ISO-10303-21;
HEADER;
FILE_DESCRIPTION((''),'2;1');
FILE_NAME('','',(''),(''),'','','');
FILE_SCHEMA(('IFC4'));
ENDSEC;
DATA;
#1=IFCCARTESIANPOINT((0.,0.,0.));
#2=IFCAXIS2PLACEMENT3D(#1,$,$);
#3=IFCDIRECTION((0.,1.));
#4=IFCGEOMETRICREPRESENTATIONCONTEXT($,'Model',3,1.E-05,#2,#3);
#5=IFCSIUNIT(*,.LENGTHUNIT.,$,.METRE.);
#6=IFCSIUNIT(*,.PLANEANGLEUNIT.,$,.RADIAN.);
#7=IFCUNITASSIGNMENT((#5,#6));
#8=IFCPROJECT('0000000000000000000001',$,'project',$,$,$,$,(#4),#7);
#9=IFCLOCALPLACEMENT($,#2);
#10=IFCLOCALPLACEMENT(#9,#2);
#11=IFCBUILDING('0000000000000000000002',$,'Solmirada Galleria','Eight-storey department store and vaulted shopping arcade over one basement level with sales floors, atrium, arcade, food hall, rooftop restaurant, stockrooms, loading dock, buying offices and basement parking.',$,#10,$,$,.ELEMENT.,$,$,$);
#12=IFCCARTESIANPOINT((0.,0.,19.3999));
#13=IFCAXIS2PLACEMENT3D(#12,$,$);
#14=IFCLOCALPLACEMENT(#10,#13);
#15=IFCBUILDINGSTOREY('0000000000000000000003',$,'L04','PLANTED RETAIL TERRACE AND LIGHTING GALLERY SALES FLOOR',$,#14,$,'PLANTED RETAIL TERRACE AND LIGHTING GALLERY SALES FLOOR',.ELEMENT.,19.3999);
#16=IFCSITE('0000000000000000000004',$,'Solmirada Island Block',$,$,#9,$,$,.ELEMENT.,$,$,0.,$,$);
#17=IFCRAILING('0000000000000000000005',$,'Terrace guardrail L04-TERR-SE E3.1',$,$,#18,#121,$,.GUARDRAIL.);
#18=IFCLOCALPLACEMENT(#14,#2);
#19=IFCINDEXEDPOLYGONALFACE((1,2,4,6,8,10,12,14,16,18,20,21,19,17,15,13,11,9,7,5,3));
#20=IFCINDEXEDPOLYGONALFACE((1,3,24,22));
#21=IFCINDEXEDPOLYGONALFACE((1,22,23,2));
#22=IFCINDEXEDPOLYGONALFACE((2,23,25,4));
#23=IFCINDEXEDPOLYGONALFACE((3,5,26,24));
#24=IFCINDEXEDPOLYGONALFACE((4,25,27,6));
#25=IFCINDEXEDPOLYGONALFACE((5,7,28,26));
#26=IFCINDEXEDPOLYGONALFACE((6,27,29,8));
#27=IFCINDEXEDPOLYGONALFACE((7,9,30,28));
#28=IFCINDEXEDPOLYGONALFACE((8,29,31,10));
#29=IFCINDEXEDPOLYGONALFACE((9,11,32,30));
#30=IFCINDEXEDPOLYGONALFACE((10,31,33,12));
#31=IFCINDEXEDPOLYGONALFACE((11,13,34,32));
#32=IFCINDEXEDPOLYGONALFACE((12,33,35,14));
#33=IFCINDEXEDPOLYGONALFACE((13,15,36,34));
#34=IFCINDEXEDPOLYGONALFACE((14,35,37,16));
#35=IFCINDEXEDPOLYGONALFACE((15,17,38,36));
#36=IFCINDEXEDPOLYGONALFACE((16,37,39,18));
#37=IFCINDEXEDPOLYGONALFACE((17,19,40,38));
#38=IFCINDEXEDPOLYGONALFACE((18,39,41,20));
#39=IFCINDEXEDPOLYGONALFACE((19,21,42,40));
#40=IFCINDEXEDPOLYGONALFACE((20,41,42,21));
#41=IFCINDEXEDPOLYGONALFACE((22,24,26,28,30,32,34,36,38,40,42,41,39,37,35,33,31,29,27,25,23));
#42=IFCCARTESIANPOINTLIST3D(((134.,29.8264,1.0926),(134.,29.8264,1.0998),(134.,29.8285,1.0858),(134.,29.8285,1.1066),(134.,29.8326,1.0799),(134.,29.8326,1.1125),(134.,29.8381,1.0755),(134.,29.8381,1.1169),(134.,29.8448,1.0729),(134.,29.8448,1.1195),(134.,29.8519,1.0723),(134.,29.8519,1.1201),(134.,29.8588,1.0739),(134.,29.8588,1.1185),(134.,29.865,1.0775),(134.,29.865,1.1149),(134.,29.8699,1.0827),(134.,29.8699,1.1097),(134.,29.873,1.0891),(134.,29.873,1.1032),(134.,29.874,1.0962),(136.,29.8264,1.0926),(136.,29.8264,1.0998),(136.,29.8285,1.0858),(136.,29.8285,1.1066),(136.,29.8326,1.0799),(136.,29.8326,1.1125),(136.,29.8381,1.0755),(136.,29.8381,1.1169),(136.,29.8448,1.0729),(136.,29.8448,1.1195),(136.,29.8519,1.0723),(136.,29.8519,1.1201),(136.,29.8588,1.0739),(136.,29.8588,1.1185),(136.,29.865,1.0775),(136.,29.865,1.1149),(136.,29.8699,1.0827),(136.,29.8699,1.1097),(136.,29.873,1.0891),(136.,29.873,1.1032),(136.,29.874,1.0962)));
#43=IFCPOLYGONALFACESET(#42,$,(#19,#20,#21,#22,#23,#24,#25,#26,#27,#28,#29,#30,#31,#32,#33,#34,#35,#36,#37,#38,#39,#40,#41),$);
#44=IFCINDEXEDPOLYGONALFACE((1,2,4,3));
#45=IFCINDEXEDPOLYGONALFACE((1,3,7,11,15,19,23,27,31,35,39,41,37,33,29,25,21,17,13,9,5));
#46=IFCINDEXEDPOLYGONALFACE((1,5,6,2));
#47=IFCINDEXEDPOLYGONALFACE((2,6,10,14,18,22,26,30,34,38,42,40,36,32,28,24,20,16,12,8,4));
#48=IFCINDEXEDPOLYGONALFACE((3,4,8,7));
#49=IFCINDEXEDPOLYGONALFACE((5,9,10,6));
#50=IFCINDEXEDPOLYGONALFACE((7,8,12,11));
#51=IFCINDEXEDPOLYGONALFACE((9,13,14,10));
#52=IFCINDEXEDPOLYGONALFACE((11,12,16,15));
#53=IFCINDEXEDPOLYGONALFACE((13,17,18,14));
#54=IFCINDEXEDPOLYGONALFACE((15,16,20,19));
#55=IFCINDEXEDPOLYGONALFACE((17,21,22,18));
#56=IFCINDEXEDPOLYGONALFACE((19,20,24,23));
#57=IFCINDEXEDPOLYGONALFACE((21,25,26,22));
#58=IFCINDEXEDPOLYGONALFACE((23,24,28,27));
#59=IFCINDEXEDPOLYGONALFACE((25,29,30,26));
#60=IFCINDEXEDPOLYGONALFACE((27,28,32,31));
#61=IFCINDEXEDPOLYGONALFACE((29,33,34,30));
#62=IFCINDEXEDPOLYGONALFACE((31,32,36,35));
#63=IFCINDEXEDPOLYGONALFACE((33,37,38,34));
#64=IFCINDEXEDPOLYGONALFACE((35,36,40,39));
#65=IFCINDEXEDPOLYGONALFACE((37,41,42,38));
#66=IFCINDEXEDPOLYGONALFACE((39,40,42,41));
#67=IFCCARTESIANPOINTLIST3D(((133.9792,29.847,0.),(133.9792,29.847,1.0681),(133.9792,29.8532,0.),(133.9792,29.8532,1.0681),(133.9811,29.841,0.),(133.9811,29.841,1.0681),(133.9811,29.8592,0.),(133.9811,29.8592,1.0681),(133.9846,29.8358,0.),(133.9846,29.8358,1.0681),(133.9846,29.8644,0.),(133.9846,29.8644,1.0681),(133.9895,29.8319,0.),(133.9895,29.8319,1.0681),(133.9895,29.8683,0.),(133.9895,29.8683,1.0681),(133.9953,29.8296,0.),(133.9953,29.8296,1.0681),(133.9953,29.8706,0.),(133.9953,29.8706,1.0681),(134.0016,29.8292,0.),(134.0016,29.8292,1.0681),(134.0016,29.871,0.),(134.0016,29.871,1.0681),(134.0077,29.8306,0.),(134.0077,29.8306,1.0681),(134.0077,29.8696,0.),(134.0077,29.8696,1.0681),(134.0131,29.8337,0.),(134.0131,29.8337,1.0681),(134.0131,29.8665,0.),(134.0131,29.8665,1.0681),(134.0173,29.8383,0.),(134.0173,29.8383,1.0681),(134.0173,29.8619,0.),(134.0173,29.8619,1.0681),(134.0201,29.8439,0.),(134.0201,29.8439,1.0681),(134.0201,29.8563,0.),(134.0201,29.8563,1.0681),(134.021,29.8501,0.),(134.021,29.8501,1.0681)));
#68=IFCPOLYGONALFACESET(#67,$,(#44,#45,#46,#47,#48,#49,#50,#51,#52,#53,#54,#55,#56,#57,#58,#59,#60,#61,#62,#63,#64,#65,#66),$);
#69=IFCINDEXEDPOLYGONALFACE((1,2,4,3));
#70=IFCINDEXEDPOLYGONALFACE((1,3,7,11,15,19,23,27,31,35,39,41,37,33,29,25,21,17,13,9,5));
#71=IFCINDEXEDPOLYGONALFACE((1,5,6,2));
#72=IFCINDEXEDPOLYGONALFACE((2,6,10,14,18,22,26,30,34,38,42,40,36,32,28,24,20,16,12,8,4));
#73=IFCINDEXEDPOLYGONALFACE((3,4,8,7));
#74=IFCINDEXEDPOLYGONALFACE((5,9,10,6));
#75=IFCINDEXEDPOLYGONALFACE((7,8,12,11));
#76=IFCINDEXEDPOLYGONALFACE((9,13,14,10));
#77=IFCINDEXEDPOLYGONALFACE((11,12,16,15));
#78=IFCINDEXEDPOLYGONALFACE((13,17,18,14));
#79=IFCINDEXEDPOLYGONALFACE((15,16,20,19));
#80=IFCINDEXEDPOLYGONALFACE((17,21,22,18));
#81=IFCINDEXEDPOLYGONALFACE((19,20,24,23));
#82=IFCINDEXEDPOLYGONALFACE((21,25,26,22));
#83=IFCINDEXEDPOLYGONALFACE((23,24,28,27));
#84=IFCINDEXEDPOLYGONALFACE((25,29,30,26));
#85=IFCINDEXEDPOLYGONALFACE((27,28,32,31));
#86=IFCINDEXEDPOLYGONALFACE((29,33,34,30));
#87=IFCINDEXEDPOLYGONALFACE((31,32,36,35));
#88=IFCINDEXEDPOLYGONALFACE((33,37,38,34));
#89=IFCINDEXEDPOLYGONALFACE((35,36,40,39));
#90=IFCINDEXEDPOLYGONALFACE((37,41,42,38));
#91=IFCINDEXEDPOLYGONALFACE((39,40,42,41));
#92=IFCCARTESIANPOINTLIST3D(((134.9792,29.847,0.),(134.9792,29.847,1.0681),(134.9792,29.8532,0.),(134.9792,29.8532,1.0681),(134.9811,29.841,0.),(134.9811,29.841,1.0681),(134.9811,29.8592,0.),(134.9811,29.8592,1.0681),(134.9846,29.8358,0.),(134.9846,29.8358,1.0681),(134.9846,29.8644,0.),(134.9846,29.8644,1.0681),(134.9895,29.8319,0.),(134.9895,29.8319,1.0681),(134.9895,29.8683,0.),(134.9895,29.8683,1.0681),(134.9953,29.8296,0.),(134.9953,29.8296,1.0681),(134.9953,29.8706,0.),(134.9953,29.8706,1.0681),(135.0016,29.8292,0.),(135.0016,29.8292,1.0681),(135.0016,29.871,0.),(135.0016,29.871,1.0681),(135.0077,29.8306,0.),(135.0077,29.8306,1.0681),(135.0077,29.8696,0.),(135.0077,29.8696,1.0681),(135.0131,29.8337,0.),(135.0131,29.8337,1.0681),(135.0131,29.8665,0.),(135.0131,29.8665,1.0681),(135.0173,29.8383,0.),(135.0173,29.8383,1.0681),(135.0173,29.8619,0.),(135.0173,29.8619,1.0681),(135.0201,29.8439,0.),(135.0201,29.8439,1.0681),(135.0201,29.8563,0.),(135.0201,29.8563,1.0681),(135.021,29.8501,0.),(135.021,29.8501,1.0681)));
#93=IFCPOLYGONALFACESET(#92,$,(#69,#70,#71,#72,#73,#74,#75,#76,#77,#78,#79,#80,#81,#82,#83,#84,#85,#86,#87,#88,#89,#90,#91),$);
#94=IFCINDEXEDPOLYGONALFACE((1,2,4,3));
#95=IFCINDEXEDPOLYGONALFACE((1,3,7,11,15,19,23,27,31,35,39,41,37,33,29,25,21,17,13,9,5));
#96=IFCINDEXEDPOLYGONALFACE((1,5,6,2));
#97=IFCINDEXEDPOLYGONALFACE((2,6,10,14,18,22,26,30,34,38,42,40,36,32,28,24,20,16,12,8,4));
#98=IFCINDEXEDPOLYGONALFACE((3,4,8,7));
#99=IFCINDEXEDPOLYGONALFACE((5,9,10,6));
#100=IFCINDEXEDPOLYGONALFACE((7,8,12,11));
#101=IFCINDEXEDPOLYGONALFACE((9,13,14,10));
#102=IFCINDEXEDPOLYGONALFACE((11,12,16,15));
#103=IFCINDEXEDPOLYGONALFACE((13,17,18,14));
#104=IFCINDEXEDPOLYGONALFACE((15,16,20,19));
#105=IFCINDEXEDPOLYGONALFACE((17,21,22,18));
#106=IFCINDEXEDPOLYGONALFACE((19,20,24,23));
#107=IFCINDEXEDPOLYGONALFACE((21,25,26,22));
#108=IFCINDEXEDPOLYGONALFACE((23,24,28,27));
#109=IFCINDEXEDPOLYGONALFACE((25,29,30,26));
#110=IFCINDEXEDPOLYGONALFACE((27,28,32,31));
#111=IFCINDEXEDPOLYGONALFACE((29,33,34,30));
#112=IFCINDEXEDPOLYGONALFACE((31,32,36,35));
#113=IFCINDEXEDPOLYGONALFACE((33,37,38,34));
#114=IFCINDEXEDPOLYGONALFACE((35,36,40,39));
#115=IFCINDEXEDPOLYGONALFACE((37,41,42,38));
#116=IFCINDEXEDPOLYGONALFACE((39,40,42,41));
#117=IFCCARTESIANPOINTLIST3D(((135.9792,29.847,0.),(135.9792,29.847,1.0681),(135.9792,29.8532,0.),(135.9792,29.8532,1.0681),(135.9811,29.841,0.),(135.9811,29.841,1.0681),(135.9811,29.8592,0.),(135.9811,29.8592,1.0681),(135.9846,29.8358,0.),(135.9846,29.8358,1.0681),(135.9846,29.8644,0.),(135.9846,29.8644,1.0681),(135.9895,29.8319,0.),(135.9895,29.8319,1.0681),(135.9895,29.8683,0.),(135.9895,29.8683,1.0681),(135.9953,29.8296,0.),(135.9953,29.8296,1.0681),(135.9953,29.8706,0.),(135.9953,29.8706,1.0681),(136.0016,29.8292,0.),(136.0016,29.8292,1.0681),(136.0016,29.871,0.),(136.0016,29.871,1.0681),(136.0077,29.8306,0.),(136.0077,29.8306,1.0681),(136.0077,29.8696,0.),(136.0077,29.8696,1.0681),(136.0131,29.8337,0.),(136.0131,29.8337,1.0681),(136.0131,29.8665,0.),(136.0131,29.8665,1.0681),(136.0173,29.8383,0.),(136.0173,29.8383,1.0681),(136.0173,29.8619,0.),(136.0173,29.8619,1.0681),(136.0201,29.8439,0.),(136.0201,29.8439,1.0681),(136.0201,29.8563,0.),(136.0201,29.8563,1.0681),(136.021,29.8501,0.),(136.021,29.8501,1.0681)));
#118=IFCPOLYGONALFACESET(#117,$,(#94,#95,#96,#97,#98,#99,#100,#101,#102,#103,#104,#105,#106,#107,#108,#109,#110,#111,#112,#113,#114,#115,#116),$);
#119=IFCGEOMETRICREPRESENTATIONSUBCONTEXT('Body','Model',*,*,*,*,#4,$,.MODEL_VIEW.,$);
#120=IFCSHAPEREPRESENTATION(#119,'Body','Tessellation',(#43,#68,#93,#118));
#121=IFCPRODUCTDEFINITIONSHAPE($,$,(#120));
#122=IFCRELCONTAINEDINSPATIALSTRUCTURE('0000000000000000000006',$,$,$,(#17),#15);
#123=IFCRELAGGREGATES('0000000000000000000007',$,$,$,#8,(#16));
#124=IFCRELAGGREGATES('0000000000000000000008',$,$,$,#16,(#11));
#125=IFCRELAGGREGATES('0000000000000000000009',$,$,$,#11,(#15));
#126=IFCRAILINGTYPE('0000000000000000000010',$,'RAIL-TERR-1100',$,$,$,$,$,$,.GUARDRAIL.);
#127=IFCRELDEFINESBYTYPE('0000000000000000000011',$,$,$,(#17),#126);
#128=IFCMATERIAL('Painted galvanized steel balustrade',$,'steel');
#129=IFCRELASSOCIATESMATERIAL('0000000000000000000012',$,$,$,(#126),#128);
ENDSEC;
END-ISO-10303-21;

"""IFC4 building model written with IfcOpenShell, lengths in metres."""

from ifc_helpers import new_model, si_unit, direction, frame, origin, origin_2d, place, context, subcontext, project, spatial, circle, extrude, material, type_object, element, save


model = new_model("IFC4")

# Units and contexts
model_context = context("Model", 3, precision=1e-05, world=origin(), true_north=direction((0.0, 1.0)))
body_context = subcontext(model_context, "Body", "Model", "MODEL_VIEW")
ifc_project = project(units=[si_unit("LENGTHUNIT", "METRE"), si_unit("PLANEANGLEUNIT", "RADIAN")], contexts=[model_context])

# Site, building, storey
site_placement = place(None, origin())
site = spatial("IfcSite", under=ifc_project, at=site_placement, Name="Solmirada Island Block", CompositionType="ELEMENT", RefElevation=0.0)
building_placement = place(site_placement, origin())
building = spatial("IfcBuilding", under=site, at=building_placement, Name="Solmirada Galleria", Description="Eight-storey department store and vaulted shopping arcade over one basement level with sales floors, atrium, arcade, food hall, rooftop restaurant, stockrooms, loading dock, buying offices and basement parking.", CompositionType="ELEMENT")
storey_placement = place(building_placement, frame((0.0, 0.0, 19.3999)))
storey = spatial("IfcBuildingStorey", under=building, at=storey_placement, Name="L04", Description="PLANTED RETAIL TERRACE AND LIGHTING GALLERY SALES FLOOR", LongName="PLANTED RETAIL TERRACE AND LIGHTING GALLERY SALES FLOOR", CompositionType="ELEMENT", Elevation=19.3999)

# Railing
ifc_material_1 = material(Name="Painted galvanized steel balustrade", Category="steel")
railing_type = type_object("IfcRailingType", Name="RAIL-TERR-1100", PredefinedType="GUARDRAIL", material=ifc_material_1)
railing_1_placement = place(storey_placement, frame((134.0, 29.8501, 0.0)))
element("IfcRailing", 1, at=railing_1_placement, inside=storey, type_object=railing_type, Name="Terrace guardrail L04-TERR-SE E3.1", PredefinedType="GUARDRAIL", context=body_context, shape_type="SweptSolid", body=[
    extrude(circle(Radius=0.0239, at=origin_2d()), frame((0.0, 0.0, 1.0962), z_axis=(1.0, 0.0, 0.0), x_axis=(0.0, 1.0, 0.0)), (0.0, 0.0, 1.0), 2.0),
    extrude(circle(Radius=0.021, at=origin_2d()), origin(), (0.0, 0.0, 1.0), 1.0681),
    extrude(circle(Radius=0.021, at=origin_2d()), frame((1.0, 0.0, 0.0)), (0.0, 0.0, 1.0), 1.0681),
    extrude(circle(Radius=0.021, at=origin_2d()), frame((2.0, 0.0, 0.0)), (0.0, 0.0, 1.0), 1.0681),
])

save(model, "model.ifc")
